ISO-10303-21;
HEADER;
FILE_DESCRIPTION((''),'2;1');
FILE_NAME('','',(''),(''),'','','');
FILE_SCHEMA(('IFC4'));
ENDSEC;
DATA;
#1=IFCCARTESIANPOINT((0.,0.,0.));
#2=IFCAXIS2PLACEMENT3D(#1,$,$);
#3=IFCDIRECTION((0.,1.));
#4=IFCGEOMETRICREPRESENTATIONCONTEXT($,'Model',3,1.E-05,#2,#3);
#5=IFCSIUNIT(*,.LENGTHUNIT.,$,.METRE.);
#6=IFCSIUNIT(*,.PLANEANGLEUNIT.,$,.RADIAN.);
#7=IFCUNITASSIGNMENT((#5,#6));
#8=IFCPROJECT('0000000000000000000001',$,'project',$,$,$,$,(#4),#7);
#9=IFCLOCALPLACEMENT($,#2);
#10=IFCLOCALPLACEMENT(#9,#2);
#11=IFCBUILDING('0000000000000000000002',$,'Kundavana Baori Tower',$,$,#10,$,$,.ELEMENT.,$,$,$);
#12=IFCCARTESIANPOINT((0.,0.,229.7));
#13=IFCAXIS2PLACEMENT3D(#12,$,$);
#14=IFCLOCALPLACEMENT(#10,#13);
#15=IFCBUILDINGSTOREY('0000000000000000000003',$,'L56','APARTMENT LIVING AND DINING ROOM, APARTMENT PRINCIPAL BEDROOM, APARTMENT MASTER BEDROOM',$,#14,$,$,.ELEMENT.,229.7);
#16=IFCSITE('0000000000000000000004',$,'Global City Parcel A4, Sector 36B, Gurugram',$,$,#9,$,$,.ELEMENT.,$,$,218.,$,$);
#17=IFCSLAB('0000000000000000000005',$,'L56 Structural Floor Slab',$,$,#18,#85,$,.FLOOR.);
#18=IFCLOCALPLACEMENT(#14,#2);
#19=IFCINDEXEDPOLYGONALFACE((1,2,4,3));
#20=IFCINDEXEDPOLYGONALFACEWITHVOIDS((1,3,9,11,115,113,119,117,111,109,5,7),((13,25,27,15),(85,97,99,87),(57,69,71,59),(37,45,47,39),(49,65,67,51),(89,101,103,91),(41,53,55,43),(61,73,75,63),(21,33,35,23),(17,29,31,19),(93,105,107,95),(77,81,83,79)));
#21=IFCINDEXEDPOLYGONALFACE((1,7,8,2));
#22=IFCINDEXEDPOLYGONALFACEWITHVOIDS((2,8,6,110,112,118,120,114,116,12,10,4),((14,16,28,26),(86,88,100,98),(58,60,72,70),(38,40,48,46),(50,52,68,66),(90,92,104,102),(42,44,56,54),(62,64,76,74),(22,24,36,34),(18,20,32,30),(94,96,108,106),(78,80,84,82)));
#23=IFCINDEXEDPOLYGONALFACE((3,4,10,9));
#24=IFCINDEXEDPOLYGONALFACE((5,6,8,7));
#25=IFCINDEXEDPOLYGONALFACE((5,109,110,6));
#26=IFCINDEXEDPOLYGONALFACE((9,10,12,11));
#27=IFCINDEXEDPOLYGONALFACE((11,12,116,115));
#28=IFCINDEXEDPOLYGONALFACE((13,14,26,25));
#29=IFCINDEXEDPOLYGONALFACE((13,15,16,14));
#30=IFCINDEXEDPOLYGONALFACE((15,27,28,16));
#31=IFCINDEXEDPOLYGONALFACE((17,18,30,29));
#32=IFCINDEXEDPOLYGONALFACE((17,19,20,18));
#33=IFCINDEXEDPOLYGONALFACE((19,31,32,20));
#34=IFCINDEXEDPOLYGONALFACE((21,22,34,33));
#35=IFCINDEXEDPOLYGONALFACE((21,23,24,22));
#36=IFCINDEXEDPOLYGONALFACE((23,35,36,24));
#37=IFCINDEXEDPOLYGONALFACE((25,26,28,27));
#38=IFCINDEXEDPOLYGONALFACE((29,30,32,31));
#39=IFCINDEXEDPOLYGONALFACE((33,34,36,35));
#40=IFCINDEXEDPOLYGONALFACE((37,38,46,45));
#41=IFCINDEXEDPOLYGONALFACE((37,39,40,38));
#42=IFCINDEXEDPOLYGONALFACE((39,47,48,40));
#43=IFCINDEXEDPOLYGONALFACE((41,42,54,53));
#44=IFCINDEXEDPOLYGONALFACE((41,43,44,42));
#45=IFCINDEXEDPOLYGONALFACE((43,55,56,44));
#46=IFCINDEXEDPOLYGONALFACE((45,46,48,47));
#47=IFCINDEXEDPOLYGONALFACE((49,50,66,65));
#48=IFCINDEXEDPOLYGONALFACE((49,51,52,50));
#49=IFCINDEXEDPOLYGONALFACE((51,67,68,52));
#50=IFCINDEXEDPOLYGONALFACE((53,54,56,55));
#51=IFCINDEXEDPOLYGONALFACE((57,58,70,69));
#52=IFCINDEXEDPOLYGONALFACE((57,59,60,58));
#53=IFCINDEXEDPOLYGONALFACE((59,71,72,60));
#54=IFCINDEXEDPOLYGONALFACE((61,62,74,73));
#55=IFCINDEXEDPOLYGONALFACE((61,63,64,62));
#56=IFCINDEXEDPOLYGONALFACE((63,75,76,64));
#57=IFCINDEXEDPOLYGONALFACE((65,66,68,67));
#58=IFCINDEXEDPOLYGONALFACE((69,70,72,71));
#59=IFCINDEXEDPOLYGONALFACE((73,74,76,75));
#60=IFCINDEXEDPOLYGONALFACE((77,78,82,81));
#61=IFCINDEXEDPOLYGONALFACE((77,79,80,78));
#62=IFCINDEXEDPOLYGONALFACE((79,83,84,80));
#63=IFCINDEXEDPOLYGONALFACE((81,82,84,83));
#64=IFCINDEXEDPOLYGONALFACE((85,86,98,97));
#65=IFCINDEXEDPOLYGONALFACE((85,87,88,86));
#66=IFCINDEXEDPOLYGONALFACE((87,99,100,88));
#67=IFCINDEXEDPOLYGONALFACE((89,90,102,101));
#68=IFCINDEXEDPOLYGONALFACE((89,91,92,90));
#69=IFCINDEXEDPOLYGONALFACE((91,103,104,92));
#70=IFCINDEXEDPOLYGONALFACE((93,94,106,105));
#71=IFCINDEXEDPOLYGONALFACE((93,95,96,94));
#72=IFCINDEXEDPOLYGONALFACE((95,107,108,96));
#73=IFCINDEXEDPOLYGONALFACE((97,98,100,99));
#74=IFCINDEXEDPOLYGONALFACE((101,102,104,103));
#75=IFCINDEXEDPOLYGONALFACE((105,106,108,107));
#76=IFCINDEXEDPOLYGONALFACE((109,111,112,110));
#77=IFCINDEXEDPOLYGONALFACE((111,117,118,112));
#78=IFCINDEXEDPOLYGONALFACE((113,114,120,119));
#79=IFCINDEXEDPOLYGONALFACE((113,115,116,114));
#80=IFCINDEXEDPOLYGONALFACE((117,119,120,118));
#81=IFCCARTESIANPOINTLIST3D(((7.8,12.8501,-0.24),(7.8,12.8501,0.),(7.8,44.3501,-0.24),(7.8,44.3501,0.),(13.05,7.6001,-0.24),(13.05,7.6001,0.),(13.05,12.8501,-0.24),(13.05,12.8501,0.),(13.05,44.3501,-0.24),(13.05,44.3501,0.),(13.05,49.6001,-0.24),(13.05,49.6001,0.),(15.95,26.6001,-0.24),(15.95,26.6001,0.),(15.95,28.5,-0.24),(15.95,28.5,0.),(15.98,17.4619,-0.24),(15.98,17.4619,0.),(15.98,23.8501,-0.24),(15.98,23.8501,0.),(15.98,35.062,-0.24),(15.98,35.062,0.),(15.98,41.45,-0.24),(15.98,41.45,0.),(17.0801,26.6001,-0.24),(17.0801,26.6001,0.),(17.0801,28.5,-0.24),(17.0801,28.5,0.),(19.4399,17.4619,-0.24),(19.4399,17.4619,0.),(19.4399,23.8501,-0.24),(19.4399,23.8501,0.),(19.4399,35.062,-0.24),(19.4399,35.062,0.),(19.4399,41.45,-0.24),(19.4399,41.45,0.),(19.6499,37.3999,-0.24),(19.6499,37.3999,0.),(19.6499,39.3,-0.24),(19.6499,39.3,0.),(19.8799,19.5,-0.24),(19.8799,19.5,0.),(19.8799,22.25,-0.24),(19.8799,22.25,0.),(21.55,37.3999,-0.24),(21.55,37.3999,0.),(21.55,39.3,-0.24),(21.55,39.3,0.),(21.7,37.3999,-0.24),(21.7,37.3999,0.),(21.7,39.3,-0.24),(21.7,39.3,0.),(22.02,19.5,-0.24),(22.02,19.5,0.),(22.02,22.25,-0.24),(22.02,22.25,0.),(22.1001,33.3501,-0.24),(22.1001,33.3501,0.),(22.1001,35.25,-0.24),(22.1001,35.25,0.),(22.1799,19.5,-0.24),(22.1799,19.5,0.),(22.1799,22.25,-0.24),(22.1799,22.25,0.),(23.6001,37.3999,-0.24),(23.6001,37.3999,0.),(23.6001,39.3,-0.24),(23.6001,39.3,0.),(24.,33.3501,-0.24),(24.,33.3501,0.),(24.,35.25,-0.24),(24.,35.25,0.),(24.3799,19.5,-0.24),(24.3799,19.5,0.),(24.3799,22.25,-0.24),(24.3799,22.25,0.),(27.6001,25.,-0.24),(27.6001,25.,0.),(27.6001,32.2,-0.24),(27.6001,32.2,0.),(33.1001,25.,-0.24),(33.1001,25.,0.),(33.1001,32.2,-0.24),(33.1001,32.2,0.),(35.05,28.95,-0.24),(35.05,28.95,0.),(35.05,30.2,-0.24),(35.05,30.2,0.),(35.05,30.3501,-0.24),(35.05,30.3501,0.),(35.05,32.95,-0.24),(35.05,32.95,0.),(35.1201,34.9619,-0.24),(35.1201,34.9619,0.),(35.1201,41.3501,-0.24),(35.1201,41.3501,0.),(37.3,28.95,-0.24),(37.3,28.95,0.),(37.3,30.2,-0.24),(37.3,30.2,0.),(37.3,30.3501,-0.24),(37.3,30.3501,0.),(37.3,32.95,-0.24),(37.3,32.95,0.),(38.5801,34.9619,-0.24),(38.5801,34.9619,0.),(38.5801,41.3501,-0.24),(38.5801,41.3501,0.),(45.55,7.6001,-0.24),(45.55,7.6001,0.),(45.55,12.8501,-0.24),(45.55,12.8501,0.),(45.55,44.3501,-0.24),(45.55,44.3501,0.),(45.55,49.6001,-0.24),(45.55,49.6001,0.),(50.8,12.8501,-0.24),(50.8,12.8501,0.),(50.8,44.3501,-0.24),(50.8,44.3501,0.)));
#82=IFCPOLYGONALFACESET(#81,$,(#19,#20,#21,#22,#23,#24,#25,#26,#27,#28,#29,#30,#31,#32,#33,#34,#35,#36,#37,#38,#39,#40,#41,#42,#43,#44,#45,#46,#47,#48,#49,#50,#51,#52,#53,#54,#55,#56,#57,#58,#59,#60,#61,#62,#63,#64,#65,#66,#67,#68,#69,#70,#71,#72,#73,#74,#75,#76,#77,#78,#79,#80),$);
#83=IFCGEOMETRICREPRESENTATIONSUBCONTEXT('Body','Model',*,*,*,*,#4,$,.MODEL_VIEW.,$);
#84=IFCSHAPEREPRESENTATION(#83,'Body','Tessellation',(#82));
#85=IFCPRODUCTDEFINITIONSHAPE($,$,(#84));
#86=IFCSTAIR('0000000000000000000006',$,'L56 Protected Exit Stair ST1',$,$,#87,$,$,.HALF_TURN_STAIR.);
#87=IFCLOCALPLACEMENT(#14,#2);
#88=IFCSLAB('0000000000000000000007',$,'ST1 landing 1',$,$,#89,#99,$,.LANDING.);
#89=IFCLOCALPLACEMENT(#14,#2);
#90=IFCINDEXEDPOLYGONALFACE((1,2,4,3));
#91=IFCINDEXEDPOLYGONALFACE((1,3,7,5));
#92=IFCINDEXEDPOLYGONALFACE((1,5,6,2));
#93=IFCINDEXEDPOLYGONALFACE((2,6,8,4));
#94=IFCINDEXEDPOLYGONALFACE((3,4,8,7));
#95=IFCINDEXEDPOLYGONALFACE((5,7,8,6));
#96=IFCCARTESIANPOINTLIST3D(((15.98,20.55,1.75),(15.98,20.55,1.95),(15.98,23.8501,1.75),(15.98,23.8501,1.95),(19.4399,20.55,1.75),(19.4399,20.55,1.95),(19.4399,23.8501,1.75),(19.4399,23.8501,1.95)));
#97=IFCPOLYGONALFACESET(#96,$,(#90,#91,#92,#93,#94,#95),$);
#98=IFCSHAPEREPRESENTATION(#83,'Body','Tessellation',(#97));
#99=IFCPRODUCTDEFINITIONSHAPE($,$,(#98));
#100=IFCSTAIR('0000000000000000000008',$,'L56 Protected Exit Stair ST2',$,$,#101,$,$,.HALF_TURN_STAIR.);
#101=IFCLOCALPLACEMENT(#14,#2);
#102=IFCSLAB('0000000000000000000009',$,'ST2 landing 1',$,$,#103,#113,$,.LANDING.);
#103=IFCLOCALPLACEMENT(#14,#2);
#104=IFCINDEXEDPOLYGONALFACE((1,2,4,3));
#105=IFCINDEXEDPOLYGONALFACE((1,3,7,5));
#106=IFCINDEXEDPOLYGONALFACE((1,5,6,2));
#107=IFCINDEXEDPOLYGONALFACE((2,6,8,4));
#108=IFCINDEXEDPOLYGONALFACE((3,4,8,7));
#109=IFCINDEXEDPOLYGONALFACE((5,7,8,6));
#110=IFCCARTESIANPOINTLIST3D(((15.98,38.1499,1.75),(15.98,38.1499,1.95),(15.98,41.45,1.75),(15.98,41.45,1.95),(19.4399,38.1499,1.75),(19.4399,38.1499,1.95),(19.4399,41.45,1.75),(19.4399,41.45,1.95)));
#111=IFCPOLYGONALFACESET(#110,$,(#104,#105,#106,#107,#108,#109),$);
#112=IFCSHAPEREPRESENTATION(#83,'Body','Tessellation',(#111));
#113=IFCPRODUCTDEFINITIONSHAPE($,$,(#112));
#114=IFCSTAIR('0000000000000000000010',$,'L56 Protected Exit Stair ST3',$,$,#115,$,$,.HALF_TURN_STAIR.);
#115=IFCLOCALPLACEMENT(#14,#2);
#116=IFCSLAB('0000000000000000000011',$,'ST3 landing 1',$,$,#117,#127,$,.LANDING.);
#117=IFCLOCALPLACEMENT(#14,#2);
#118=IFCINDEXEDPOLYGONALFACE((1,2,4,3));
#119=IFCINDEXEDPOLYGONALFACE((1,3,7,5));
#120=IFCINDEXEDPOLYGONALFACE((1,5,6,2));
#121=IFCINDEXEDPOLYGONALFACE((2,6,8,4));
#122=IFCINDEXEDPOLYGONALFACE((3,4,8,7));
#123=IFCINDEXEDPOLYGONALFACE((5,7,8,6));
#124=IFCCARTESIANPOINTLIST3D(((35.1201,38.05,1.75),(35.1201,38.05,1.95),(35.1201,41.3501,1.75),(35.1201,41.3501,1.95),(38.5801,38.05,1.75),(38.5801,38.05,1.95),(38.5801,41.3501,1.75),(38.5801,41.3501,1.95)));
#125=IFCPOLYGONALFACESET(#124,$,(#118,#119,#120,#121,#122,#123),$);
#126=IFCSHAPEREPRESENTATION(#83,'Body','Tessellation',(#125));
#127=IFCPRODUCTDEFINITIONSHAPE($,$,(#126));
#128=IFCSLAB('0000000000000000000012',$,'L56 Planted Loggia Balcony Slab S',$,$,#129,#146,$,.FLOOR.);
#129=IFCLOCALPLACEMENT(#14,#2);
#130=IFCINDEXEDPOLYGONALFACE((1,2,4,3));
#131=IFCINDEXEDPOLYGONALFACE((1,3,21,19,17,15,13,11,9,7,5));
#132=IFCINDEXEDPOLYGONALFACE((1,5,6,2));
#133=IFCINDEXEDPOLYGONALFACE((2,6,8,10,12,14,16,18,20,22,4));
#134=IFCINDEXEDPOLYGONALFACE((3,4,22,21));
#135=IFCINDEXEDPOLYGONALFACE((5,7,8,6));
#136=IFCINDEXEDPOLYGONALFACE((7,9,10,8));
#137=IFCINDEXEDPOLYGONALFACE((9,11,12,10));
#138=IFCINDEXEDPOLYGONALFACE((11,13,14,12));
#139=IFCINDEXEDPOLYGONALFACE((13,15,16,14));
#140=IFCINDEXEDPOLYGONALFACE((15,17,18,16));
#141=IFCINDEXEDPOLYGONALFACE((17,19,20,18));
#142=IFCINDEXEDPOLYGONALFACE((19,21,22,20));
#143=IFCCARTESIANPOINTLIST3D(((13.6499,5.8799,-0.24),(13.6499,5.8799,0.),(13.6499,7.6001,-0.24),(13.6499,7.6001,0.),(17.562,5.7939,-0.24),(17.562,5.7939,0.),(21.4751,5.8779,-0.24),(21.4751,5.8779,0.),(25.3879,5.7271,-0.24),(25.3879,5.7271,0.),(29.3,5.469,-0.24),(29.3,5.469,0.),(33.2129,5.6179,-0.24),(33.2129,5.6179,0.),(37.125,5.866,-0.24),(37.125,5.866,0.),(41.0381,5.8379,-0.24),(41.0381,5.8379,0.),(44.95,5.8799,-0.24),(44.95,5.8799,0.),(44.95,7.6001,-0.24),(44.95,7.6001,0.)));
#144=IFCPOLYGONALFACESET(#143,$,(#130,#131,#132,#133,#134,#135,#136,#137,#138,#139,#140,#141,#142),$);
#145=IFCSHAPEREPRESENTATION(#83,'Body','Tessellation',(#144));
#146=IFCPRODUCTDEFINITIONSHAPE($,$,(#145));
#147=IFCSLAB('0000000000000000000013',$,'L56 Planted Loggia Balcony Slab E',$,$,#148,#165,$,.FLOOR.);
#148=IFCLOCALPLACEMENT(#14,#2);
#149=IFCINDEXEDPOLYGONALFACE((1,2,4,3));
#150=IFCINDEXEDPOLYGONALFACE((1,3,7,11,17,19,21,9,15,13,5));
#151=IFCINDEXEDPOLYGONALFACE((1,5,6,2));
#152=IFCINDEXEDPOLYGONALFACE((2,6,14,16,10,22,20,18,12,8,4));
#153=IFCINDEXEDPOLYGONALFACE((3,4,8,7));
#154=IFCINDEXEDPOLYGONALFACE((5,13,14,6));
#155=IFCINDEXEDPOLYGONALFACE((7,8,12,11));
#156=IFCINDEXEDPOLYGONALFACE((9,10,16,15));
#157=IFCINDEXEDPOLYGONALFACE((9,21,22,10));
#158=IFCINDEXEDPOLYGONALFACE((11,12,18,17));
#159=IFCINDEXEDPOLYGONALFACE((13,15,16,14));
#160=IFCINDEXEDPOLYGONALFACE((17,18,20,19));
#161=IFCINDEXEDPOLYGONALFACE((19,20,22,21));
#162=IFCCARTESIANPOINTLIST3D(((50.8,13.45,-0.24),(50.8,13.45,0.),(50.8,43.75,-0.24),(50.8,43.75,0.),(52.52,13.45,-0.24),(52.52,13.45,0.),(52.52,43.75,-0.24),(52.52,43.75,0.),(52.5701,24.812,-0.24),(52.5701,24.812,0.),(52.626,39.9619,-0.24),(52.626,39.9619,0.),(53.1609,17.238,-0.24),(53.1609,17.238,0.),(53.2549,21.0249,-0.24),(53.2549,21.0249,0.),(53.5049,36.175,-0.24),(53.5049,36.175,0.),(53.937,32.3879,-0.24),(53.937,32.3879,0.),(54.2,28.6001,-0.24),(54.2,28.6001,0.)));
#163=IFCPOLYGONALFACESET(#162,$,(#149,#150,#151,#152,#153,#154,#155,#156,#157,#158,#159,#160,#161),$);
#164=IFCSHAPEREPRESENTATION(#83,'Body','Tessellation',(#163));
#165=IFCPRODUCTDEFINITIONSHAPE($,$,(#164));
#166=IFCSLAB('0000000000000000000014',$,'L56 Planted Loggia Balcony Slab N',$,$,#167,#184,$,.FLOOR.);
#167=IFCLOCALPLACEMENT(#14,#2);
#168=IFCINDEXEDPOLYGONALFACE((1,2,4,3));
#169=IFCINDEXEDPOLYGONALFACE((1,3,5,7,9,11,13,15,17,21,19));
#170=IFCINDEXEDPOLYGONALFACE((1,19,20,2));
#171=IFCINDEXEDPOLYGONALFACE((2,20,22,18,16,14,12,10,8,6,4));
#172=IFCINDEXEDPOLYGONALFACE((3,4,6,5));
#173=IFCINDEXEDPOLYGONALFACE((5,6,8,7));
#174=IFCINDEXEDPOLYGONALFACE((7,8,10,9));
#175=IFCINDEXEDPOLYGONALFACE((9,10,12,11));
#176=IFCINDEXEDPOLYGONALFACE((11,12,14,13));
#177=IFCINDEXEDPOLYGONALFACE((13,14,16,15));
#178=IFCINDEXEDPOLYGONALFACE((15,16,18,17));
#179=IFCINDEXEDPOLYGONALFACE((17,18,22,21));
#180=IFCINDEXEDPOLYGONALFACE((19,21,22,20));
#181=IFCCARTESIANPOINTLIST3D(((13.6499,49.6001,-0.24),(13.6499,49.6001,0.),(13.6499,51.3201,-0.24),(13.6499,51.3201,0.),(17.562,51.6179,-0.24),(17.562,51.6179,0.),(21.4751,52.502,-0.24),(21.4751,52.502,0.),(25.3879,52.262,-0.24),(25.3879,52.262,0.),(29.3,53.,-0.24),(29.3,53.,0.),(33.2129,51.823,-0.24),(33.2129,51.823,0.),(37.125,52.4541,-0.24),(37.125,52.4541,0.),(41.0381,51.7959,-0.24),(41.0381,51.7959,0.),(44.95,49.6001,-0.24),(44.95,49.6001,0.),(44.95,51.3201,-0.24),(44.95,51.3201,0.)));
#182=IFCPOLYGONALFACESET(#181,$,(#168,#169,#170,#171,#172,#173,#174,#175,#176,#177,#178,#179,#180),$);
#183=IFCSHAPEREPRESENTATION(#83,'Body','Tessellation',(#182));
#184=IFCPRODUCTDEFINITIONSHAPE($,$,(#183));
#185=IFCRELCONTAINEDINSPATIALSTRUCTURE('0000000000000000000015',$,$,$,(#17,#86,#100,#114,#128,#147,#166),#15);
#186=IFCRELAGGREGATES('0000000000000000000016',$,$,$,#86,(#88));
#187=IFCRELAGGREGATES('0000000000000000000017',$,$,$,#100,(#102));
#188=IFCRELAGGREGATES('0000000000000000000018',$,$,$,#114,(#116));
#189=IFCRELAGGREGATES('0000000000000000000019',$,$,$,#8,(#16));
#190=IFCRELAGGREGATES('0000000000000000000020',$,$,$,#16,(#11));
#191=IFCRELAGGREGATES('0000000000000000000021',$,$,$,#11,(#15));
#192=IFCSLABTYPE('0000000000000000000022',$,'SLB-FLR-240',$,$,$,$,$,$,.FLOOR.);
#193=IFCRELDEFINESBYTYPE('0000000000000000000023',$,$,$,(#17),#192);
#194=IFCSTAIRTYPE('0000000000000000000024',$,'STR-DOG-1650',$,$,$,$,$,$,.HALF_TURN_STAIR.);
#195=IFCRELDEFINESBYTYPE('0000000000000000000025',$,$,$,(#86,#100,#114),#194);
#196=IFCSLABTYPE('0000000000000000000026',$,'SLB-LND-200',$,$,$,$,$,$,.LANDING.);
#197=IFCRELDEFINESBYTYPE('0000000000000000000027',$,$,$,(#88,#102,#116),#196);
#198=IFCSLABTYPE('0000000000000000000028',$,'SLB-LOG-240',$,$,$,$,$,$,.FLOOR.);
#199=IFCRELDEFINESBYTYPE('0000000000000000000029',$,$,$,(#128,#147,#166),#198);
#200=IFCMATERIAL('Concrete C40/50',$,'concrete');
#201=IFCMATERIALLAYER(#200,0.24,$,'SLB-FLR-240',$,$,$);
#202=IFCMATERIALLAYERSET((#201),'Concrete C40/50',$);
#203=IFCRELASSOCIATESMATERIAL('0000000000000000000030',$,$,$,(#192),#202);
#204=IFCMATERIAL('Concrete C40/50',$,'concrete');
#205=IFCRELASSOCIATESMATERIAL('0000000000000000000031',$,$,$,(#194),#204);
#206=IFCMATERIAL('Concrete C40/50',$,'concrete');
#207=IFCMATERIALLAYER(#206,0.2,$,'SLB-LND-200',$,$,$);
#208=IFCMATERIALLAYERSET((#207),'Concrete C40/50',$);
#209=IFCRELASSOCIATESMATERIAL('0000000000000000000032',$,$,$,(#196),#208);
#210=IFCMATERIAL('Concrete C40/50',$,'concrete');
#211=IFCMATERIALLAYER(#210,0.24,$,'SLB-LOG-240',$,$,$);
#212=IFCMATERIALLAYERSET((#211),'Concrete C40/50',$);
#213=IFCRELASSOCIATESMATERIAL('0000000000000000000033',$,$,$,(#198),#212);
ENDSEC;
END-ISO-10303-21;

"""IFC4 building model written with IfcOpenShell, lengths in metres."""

from ifc_helpers import new_model, si_unit, direction, frame, origin, place, context, subcontext, project, spatial, polyline, outline, extrude, material, layer, layer_set, type_object, element, aggregate, save


model = new_model("IFC4")

# Units and contexts
model_context = context("Model", 3, precision=1e-05, world=origin(), true_north=direction((0.0, 1.0)))
body_context = subcontext(model_context, "Body", "Model", "MODEL_VIEW")
ifc_project = project(units=[si_unit("LENGTHUNIT", "METRE"), si_unit("PLANEANGLEUNIT", "RADIAN")], contexts=[model_context])

# Site, building, storey
site_placement = place(None, origin())
site = spatial("IfcSite", under=ifc_project, at=site_placement, Name="Global City Parcel A4, Sector 36B, Gurugram", CompositionType="ELEMENT", RefElevation=218.0)
building_placement = place(site_placement, origin())
building = spatial("IfcBuilding", under=site, at=building_placement, Name="Kundavana Baori Tower", CompositionType="ELEMENT")
storey_placement = place(building_placement, frame((0.0, 0.0, 229.7)))
storey = spatial("IfcBuildingStorey", under=building, at=storey_placement, Name="L56", Description="APARTMENT LIVING AND DINING ROOM, APARTMENT PRINCIPAL BEDROOM, APARTMENT MASTER BEDROOM", CompositionType="ELEMENT", Elevation=229.7)

# Slab
ifc_material_1 = material(Name="Concrete C40/50", Category="concrete")
ifc_layer_1 = layer(ifc_material_1, 0.24, Name="SLB-FLR-240")
ifc_layer_set_1 = layer_set([ifc_layer_1], Name="Concrete C40/50")
slab_type_1 = type_object("IfcSlabType", Name="SLB-FLR-240", PredefinedType="FLOOR", material=ifc_layer_set_1)
slab_1_placement = place(storey_placement, frame((0.0, 0.0, -0.24)))
element("IfcSlab", 1, at=slab_1_placement, inside=storey, type_object=slab_type_1, Name="L56 Structural Floor Slab", PredefinedType="FLOOR", context=body_context, shape_type="SweptSolid", body=[
    extrude(outline(polyline([(13.05, 7.6001), (45.55, 7.6001), (45.55, 12.8501), (50.8, 12.8501), (50.8, 44.3501), (45.55, 44.3501), (45.55, 49.6001), (13.05, 49.6001), (13.05, 44.3501), (7.8, 44.3501), (7.8, 12.8501), (13.05, 12.8501), (13.05, 7.6001)]), holes=[polyline([(19.4399, 17.4619), (19.4399, 23.8501), (15.98, 23.8501), (15.98, 17.4619), (19.4399, 17.4619)]), polyline([(19.4399, 35.062), (19.4399, 41.45), (15.98, 41.45), (15.98, 35.062), (19.4399, 35.062)]), polyline([(38.5801, 34.9619), (38.5801, 41.3501), (35.1201, 41.3501), (35.1201, 34.9619), (38.5801, 34.9619)]), polyline([(19.6499, 37.3999), (21.55, 37.3999), (21.55, 39.3), (19.6499, 39.3), (19.6499, 37.3999)]), polyline([(21.7, 37.3999), (23.6001, 37.3999), (23.6001, 39.3), (21.7, 39.3), (21.7, 37.3999)]), polyline([(22.1001, 33.3501), (24.0, 33.3501), (24.0, 35.25), (22.1001, 35.25), (22.1001, 33.3501)]), polyline([(19.8799, 19.5), (22.02, 19.5), (22.02, 22.25), (19.8799, 22.25), (19.8799, 19.5)]), polyline([(22.1799, 19.5), (24.3799, 19.5), (24.3799, 22.25), (22.1799, 22.25), (22.1799, 19.5)]), polyline([(35.05, 30.3501), (37.3, 30.3501), (37.3, 32.95), (35.05, 32.95), (35.05, 30.3501)]), polyline([(15.95, 26.6001), (17.0801, 26.6001), (17.0801, 28.5), (15.95, 28.5), (15.95, 26.6001)]), polyline([(35.05, 28.95), (37.3, 28.95), (37.3, 30.2), (35.05, 30.2), (35.05, 28.95)]), polyline([(27.6001, 25.0), (33.1001, 25.0), (33.1001, 32.2), (27.6001, 32.2), (27.6001, 25.0)])]), origin(), (0.0, 0.0, 1.0), 0.24),
])

# Stairs, slabs
ifc_material_2 = material(Name="Concrete C40/50", Category="concrete")
stair_type = type_object("IfcStairType", Name="STR-DOG-1650", PredefinedType="HALF_TURN_STAIR", material=ifc_material_2)
stair_1_placement = place(storey_placement, origin())
stair_1 = element("IfcStair", 2, at=stair_1_placement, inside=storey, type_object=stair_type, Name="L56 Protected Exit Stair ST1", PredefinedType="HALF_TURN_STAIR")
ifc_material_3 = material(Name="Concrete C40/50", Category="concrete")
ifc_layer_2 = layer(ifc_material_3, 0.2, Name="SLB-LND-200")
ifc_layer_set_2 = layer_set([ifc_layer_2], Name="Concrete C40/50")
slab_type_2 = type_object("IfcSlabType", Name="SLB-LND-200", PredefinedType="LANDING", material=ifc_layer_set_2)
slab_2_placement = place(storey_placement, frame((0.0, 0.0, 1.75)))
slab_2 = element("IfcSlab", 3, at=slab_2_placement, type_object=slab_type_2, Name="ST1 landing 1", PredefinedType="LANDING", context=body_context, shape_type="SweptSolid", body=[
    extrude(outline(polyline([(19.4399, 20.55), (19.4399, 23.8501), (15.98, 23.8501), (15.98, 20.55), (19.4399, 20.55)])), origin(), (0.0, 0.0, 1.0), 0.2),
])
aggregate(stair_1, [slab_2])
stair_2_placement = place(storey_placement, origin())
stair_2 = element("IfcStair", 4, at=stair_2_placement, inside=storey, type_object=stair_type, Name="L56 Protected Exit Stair ST2", PredefinedType="HALF_TURN_STAIR")
slab_3_placement = place(storey_placement, frame((0.0, 0.0, 1.75)))
slab_3 = element("IfcSlab", 5, at=slab_3_placement, type_object=slab_type_2, Name="ST2 landing 1", PredefinedType="LANDING", context=body_context, shape_type="SweptSolid", body=[
    extrude(outline(polyline([(19.4399, 38.1499), (19.4399, 41.45), (15.98, 41.45), (15.98, 38.1499), (19.4399, 38.1499)])), origin(), (0.0, 0.0, 1.0), 0.2),
])
aggregate(stair_2, [slab_3])
stair_3_placement = place(storey_placement, origin())
stair_3 = element("IfcStair", 6, at=stair_3_placement, inside=storey, type_object=stair_type, Name="L56 Protected Exit Stair ST3", PredefinedType="HALF_TURN_STAIR")
slab_4_placement = place(storey_placement, frame((0.0, 0.0, 1.75)))
slab_4 = element("IfcSlab", 7, at=slab_4_placement, type_object=slab_type_2, Name="ST3 landing 1", PredefinedType="LANDING", context=body_context, shape_type="SweptSolid", body=[
    extrude(outline(polyline([(38.5801, 38.05), (38.5801, 41.3501), (35.1201, 41.3501), (35.1201, 38.05), (38.5801, 38.05)])), origin(), (0.0, 0.0, 1.0), 0.2),
])
aggregate(stair_3, [slab_4])

# Slabs
ifc_material_4 = material(Name="Concrete C40/50", Category="concrete")
ifc_layer_3 = layer(ifc_material_4, 0.24, Name="SLB-LOG-240")
ifc_layer_set_3 = layer_set([ifc_layer_3], Name="Concrete C40/50")
slab_type_3 = type_object("IfcSlabType", Name="SLB-LOG-240", PredefinedType="FLOOR", material=ifc_layer_set_3)
slab_5_placement = place(storey_placement, frame((0.0, 0.0, -0.24)))
element("IfcSlab", 8, at=slab_5_placement, inside=storey, type_object=slab_type_3, Name="L56 Planted Loggia Balcony Slab S", PredefinedType="FLOOR", context=body_context, shape_type="SweptSolid", body=[
    extrude(outline(polyline([(13.6499, 7.6001), (44.95, 7.6001), (44.95, 5.8799), (41.0381, 5.8379), (37.125, 5.866), (33.2129, 5.6179), (29.3, 5.469), (25.3879, 5.7271), (21.4751, 5.8779), (17.562, 5.7939), (13.6499, 5.8799), (13.6499, 7.6001)])), origin(), (0.0, 0.0, 1.0), 0.24),
])
slab_6_placement = place(storey_placement, frame((0.0, 0.0, -0.24)))
element("IfcSlab", 9, at=slab_6_placement, inside=storey, type_object=slab_type_3, Name="L56 Planted Loggia Balcony Slab E", PredefinedType="FLOOR", context=body_context, shape_type="SweptSolid", body=[
    extrude(outline(polyline([(50.8, 13.45), (50.8, 43.75), (52.52, 43.75), (52.626, 39.9619), (53.5049, 36.175), (53.937, 32.3879), (54.2, 28.6001), (52.5701, 24.812), (53.2549, 21.0249), (53.1609, 17.238), (52.52, 13.45), (50.8, 13.45)])), origin(), (0.0, 0.0, 1.0), 0.24),
])
slab_7_placement = place(storey_placement, frame((0.0, 0.0, -0.24)))
element("IfcSlab", 10, at=slab_7_placement, inside=storey, type_object=slab_type_3, Name="L56 Planted Loggia Balcony Slab N", PredefinedType="FLOOR", context=body_context, shape_type="SweptSolid", body=[
    extrude(outline(polyline([(44.95, 49.6001), (13.6499, 49.6001), (13.6499, 51.3201), (17.562, 51.6179), (21.4751, 52.502), (25.3879, 52.262), (29.3, 53.0), (33.2129, 51.823), (37.125, 52.4541), (41.0381, 51.7959), (44.95, 51.3201), (44.95, 49.6001)])), origin(), (0.0, 0.0, 1.0), 0.24),
])

save(model, "model.ifc")
